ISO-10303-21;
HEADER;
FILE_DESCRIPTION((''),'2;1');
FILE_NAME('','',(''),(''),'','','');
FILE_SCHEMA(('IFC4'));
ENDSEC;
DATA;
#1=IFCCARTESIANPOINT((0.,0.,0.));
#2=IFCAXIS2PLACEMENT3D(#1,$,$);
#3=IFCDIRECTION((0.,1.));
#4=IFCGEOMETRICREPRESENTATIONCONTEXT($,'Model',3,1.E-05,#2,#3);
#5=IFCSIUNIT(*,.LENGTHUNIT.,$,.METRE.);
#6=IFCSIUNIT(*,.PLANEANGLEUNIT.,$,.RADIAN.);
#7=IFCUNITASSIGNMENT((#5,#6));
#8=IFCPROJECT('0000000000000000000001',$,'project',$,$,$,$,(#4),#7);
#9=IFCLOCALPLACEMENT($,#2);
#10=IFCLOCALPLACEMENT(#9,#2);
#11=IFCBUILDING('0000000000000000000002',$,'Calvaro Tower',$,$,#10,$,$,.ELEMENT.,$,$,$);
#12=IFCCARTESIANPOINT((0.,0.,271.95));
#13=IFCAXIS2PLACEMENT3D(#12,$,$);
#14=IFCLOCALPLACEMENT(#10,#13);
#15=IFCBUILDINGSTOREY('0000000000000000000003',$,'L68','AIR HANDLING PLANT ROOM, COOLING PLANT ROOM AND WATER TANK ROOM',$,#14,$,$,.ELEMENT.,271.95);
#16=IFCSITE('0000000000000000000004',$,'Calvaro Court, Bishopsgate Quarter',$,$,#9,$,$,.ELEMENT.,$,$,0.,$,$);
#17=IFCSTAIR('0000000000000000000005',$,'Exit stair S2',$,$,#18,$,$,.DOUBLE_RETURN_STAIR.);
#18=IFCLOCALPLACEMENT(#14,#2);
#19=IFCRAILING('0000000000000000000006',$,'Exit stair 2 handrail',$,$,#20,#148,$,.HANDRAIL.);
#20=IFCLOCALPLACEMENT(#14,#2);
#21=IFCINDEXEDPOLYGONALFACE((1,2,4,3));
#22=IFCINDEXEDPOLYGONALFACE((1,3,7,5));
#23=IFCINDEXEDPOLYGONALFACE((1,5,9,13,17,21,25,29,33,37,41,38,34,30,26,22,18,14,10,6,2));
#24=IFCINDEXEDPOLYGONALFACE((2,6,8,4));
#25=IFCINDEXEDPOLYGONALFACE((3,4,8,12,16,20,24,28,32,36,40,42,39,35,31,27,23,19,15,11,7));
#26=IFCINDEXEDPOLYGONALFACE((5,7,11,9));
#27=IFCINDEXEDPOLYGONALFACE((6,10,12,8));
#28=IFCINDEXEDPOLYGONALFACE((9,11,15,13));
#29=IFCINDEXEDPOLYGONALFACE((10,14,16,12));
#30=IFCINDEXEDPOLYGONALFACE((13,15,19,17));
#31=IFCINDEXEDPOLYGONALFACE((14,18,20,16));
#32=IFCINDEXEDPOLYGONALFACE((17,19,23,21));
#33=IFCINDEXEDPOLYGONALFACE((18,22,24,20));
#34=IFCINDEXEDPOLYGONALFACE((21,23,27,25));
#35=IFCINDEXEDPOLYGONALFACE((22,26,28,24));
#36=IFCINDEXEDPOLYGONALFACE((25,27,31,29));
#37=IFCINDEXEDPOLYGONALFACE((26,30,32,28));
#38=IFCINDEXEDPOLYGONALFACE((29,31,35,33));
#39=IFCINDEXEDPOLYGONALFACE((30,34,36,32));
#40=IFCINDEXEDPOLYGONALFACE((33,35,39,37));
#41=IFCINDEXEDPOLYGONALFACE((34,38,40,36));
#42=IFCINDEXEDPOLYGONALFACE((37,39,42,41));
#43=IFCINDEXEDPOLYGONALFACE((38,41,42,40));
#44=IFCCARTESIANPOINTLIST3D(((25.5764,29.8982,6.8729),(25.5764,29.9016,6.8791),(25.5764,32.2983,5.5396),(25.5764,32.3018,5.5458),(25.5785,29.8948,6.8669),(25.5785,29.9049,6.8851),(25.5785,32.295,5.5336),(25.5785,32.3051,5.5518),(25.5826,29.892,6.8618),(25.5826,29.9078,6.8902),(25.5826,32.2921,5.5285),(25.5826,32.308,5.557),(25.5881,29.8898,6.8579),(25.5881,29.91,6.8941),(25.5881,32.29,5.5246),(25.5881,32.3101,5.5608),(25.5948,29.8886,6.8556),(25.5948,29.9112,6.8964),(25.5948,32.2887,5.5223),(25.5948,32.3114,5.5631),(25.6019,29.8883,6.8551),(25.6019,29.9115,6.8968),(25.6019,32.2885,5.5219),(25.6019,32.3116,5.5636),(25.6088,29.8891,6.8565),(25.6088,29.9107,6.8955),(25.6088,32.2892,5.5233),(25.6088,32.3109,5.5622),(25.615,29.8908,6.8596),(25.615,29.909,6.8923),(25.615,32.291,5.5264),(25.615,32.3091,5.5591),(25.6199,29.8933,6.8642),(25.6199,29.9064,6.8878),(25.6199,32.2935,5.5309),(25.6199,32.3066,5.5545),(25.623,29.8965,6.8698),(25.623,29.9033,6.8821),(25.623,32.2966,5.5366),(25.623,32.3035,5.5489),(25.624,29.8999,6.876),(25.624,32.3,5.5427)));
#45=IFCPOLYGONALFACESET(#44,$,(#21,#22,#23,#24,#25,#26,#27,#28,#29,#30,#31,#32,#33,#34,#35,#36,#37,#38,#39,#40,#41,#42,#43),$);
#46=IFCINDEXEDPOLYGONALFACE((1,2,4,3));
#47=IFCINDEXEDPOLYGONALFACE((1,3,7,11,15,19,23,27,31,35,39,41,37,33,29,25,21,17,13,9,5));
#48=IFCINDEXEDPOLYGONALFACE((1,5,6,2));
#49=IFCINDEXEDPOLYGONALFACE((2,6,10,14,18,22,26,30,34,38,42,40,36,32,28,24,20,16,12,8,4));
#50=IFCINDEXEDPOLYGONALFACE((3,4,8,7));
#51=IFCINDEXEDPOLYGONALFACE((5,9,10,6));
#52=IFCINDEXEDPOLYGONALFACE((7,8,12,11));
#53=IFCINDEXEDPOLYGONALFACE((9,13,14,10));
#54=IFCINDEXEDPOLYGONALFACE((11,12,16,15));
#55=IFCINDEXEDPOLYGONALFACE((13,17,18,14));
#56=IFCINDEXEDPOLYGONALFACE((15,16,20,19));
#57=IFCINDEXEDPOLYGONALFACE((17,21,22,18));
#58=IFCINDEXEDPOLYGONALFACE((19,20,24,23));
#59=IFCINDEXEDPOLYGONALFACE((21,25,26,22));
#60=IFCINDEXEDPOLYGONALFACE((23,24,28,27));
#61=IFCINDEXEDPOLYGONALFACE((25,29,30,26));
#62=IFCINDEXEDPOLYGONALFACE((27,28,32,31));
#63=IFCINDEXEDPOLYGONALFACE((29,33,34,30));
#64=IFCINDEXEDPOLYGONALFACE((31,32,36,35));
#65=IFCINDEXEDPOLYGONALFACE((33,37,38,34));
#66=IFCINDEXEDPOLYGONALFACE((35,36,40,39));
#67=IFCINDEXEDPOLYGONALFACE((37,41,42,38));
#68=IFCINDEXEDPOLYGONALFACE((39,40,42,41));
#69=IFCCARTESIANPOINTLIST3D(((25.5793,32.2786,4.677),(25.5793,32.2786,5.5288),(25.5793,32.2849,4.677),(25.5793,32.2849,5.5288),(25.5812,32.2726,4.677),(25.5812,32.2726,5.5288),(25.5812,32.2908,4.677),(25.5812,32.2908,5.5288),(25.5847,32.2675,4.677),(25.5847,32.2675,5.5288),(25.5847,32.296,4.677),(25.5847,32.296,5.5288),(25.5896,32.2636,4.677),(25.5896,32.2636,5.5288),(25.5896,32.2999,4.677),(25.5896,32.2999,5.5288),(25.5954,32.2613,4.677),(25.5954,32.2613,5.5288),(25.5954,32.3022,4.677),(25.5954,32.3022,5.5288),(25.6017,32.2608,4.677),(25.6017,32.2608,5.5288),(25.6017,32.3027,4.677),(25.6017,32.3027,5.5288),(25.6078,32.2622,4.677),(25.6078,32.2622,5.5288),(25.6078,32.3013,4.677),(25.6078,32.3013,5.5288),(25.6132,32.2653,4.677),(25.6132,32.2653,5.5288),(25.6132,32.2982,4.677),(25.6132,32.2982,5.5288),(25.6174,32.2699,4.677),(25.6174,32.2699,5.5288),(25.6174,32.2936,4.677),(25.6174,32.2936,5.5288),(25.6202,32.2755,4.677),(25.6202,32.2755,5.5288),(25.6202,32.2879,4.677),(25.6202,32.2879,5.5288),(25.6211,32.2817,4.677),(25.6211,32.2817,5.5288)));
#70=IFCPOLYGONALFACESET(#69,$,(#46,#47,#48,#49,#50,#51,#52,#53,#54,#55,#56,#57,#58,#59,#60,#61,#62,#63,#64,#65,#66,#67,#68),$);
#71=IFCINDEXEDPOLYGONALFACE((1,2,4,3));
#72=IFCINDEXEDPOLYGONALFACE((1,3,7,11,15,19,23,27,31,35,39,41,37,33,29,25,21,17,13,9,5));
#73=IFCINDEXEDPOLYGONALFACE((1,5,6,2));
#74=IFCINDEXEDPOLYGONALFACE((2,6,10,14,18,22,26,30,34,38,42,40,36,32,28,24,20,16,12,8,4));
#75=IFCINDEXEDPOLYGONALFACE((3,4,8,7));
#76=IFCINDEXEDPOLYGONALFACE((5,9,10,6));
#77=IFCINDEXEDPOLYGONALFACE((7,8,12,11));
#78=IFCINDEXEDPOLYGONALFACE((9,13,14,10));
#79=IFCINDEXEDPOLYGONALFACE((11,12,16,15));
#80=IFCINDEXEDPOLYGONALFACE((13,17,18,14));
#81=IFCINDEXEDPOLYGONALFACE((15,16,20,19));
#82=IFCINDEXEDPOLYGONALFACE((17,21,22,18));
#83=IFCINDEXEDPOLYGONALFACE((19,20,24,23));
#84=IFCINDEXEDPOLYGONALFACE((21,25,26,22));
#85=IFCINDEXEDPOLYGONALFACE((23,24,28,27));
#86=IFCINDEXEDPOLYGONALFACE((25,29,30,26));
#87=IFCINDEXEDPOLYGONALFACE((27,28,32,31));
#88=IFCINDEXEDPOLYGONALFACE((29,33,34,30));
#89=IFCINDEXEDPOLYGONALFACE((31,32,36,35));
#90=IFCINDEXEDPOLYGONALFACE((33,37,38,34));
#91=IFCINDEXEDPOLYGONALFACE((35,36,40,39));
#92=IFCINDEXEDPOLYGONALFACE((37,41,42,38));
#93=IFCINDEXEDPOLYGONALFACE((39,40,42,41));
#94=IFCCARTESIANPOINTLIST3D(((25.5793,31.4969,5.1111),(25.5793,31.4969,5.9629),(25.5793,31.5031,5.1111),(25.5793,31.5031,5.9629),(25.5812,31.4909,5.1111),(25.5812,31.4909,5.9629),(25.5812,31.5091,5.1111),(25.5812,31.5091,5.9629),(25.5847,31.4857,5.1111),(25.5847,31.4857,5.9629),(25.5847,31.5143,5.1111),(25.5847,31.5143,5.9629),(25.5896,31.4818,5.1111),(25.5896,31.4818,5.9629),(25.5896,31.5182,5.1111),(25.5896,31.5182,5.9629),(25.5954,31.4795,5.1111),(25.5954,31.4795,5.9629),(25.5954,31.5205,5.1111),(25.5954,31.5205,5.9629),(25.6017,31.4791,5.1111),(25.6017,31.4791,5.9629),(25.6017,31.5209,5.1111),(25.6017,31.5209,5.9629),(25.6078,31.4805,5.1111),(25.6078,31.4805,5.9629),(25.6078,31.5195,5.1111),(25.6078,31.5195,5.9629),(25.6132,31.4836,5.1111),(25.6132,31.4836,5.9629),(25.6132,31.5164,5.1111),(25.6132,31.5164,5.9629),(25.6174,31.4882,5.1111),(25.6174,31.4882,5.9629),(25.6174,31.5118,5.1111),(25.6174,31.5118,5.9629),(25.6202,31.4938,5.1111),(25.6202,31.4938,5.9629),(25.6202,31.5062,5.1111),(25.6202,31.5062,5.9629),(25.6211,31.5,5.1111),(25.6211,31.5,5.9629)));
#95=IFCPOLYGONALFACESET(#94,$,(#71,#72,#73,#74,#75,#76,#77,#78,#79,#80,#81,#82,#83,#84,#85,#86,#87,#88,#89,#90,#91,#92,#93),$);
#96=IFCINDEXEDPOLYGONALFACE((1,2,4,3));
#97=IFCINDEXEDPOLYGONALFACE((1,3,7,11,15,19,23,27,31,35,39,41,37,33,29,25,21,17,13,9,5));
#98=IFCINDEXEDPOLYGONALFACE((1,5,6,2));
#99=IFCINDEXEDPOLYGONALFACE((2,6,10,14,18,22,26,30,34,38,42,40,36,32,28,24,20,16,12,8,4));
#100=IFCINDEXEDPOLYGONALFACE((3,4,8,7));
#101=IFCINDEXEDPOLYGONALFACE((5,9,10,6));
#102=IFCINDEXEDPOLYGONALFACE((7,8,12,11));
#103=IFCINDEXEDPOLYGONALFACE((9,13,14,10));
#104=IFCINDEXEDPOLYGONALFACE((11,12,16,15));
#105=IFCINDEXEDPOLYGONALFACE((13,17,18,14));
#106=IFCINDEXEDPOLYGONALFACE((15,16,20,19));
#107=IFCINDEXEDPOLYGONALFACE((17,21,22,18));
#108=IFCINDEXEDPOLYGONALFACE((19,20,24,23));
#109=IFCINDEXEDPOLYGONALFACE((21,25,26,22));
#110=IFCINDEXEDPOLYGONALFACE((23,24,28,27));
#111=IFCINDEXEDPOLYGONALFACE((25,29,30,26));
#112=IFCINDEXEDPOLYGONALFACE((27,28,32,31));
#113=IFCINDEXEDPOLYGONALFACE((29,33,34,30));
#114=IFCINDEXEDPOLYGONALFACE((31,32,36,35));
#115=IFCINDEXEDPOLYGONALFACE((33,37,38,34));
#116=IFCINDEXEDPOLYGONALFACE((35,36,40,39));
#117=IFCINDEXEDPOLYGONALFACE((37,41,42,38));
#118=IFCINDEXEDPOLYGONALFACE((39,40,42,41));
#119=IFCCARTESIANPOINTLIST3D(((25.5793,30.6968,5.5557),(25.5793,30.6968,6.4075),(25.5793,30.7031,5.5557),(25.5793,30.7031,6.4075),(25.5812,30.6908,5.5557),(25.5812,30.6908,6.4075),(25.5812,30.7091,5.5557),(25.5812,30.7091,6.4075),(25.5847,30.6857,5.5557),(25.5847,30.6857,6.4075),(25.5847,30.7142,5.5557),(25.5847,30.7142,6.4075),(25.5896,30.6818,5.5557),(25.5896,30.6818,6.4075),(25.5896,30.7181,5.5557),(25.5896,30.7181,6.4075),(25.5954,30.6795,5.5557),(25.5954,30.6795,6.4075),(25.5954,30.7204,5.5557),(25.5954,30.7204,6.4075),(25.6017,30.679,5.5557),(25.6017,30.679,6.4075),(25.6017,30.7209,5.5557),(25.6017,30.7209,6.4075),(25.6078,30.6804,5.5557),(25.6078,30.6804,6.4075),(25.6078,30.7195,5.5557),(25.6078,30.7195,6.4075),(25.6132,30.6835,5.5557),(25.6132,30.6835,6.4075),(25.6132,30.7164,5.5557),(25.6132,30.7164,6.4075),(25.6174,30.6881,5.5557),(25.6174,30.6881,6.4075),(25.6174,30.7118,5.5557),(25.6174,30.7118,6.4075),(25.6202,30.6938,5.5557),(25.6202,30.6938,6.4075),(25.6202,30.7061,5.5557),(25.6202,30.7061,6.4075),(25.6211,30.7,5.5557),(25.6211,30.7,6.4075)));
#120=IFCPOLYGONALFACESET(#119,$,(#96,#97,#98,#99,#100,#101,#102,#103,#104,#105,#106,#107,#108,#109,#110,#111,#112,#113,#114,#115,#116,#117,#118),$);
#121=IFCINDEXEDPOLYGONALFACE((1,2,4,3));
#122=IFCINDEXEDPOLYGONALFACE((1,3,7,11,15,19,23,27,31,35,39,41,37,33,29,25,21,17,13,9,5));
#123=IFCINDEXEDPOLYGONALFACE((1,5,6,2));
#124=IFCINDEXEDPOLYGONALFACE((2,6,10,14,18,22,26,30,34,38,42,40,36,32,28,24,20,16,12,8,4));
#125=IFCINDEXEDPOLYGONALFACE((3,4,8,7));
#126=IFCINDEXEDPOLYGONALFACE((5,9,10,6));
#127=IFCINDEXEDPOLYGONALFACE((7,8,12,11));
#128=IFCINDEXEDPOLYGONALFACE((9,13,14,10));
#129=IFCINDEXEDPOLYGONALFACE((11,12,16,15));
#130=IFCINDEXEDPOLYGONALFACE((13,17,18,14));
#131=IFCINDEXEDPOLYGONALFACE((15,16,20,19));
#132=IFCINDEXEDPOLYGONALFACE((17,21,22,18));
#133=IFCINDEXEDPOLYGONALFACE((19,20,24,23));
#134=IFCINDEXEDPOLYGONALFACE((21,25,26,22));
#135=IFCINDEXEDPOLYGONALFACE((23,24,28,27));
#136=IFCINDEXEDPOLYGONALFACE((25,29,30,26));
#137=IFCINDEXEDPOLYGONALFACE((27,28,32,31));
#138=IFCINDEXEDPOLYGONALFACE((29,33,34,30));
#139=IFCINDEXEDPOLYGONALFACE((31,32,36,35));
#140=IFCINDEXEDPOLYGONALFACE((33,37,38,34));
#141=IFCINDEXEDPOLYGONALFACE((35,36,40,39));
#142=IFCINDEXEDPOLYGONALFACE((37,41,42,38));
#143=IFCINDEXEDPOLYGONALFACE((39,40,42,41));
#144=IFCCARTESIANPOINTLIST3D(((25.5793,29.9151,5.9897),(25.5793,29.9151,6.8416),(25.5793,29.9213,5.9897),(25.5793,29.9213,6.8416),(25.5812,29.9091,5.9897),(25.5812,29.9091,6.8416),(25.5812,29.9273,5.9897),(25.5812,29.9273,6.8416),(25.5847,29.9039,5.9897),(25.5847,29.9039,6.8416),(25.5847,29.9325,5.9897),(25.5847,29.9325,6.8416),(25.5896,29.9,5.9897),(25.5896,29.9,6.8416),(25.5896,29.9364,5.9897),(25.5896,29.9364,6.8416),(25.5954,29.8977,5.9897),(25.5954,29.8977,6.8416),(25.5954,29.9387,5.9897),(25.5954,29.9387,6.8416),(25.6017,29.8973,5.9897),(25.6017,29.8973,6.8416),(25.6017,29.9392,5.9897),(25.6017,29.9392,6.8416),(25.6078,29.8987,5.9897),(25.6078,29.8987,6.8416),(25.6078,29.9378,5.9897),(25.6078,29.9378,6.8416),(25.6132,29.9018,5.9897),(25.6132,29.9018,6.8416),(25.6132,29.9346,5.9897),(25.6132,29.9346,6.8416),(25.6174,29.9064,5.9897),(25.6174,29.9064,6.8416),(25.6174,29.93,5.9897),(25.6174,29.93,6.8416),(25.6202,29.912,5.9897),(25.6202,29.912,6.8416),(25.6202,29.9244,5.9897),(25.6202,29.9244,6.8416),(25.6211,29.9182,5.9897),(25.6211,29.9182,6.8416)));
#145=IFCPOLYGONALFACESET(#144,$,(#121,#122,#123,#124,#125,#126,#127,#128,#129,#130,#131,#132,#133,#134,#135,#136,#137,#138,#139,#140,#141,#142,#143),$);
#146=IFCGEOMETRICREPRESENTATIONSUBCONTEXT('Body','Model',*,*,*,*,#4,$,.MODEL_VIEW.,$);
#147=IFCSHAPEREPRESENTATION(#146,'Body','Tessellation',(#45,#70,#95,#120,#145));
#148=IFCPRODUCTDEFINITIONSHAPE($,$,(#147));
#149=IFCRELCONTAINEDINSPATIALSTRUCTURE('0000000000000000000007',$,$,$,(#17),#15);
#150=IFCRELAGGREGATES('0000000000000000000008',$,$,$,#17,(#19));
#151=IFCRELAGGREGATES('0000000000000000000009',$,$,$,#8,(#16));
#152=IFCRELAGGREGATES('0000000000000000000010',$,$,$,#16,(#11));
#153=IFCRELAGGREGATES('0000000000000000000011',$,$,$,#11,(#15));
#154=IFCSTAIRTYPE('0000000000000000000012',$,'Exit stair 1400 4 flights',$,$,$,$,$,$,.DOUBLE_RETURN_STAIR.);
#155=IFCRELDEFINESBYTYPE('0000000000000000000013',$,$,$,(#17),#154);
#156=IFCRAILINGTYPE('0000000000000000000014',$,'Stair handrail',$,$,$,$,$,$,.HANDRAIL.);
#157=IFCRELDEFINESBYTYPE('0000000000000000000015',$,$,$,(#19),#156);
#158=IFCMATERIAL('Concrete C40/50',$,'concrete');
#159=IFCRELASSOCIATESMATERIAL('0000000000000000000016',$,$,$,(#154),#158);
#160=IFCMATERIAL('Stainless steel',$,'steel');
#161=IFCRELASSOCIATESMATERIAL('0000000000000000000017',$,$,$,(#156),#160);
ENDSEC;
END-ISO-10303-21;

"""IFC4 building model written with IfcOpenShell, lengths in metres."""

from ifc_helpers import new_model, si_unit, direction, frame, origin, origin_2d, place, context, subcontext, project, spatial, circle, extrude, material, type_object, element, aggregate, save


model = new_model("IFC4")

# Units and contexts
model_context = context("Model", 3, precision=1e-05, world=origin(), true_north=direction((0.0, 1.0)))
body_context = subcontext(model_context, "Body", "Model", "MODEL_VIEW")
ifc_project = project(units=[si_unit("LENGTHUNIT", "METRE"), si_unit("PLANEANGLEUNIT", "RADIAN")], contexts=[model_context])

# Site, building, storey
site_placement = place(None, origin())
site = spatial("IfcSite", under=ifc_project, at=site_placement, Name="Calvaro Court, Bishopsgate Quarter", CompositionType="ELEMENT", RefElevation=0.0)
building_placement = place(site_placement, origin())
building = spatial("IfcBuilding", under=site, at=building_placement, Name="Calvaro Tower", CompositionType="ELEMENT")
storey_placement = place(building_placement, frame((0.0, 0.0, 271.95)))
storey = spatial("IfcBuildingStorey", under=building, at=storey_placement, Name="L68", Description="AIR HANDLING PLANT ROOM, COOLING PLANT ROOM AND WATER TANK ROOM", CompositionType="ELEMENT", Elevation=271.95)

# Stair
ifc_material_1 = material(Name="Concrete C40/50", Category="concrete")
stair_type = type_object("IfcStairType", Name="Exit stair 1400 4 flights", PredefinedType="DOUBLE_RETURN_STAIR", material=ifc_material_1)
stair_placement = place(storey_placement, origin())
stair = element("IfcStair", 1, at=stair_placement, inside=storey, type_object=stair_type, Name="Exit stair S2", PredefinedType="DOUBLE_RETURN_STAIR")

# Railing
ifc_material_2 = material(Name="Stainless steel", Category="steel")
railing_type = type_object("IfcRailingType", Name="Stair handrail", PredefinedType="HANDRAIL", material=ifc_material_2)
railing_1_placement = place(storey_placement, frame((25.6001, 32.3, 4.6667)))
railing_1 = element("IfcRailing", 2, at=railing_1_placement, type_object=railing_type, Name="Exit stair 2 handrail", PredefinedType="HANDRAIL", context=body_context, shape_type="SweptSolid", body=[
    extrude(circle(Radius=0.0239, at=origin_2d()), frame((0.0, 0.0, 0.876), z_axis=(0.0, -0.874182, 0.485598), x_axis=(1.0, 0.0, 0.0)), (0.0, 0.0, 1.0), 2.7456),
    extrude(circle(Radius=0.021, at=origin_2d()), frame((0.0, -0.0183, 0.0103)), (0.0, 0.0, 1.0), 0.8518),
    extrude(circle(Radius=0.021, at=origin_2d()), frame((0.0, -0.8, 0.4443)), (0.0, 0.0, 1.0), 0.8518),
    extrude(circle(Radius=0.021, at=origin_2d()), frame((0.0, -1.6001, 0.8889)), (0.0, 0.0, 1.0), 0.8518),
    extrude(circle(Radius=0.021, at=origin_2d()), frame((0.0, -2.3818, 1.323)), (0.0, 0.0, 1.0), 0.8518),
])
aggregate(stair, [railing_1])

save(model, "model.ifc")
